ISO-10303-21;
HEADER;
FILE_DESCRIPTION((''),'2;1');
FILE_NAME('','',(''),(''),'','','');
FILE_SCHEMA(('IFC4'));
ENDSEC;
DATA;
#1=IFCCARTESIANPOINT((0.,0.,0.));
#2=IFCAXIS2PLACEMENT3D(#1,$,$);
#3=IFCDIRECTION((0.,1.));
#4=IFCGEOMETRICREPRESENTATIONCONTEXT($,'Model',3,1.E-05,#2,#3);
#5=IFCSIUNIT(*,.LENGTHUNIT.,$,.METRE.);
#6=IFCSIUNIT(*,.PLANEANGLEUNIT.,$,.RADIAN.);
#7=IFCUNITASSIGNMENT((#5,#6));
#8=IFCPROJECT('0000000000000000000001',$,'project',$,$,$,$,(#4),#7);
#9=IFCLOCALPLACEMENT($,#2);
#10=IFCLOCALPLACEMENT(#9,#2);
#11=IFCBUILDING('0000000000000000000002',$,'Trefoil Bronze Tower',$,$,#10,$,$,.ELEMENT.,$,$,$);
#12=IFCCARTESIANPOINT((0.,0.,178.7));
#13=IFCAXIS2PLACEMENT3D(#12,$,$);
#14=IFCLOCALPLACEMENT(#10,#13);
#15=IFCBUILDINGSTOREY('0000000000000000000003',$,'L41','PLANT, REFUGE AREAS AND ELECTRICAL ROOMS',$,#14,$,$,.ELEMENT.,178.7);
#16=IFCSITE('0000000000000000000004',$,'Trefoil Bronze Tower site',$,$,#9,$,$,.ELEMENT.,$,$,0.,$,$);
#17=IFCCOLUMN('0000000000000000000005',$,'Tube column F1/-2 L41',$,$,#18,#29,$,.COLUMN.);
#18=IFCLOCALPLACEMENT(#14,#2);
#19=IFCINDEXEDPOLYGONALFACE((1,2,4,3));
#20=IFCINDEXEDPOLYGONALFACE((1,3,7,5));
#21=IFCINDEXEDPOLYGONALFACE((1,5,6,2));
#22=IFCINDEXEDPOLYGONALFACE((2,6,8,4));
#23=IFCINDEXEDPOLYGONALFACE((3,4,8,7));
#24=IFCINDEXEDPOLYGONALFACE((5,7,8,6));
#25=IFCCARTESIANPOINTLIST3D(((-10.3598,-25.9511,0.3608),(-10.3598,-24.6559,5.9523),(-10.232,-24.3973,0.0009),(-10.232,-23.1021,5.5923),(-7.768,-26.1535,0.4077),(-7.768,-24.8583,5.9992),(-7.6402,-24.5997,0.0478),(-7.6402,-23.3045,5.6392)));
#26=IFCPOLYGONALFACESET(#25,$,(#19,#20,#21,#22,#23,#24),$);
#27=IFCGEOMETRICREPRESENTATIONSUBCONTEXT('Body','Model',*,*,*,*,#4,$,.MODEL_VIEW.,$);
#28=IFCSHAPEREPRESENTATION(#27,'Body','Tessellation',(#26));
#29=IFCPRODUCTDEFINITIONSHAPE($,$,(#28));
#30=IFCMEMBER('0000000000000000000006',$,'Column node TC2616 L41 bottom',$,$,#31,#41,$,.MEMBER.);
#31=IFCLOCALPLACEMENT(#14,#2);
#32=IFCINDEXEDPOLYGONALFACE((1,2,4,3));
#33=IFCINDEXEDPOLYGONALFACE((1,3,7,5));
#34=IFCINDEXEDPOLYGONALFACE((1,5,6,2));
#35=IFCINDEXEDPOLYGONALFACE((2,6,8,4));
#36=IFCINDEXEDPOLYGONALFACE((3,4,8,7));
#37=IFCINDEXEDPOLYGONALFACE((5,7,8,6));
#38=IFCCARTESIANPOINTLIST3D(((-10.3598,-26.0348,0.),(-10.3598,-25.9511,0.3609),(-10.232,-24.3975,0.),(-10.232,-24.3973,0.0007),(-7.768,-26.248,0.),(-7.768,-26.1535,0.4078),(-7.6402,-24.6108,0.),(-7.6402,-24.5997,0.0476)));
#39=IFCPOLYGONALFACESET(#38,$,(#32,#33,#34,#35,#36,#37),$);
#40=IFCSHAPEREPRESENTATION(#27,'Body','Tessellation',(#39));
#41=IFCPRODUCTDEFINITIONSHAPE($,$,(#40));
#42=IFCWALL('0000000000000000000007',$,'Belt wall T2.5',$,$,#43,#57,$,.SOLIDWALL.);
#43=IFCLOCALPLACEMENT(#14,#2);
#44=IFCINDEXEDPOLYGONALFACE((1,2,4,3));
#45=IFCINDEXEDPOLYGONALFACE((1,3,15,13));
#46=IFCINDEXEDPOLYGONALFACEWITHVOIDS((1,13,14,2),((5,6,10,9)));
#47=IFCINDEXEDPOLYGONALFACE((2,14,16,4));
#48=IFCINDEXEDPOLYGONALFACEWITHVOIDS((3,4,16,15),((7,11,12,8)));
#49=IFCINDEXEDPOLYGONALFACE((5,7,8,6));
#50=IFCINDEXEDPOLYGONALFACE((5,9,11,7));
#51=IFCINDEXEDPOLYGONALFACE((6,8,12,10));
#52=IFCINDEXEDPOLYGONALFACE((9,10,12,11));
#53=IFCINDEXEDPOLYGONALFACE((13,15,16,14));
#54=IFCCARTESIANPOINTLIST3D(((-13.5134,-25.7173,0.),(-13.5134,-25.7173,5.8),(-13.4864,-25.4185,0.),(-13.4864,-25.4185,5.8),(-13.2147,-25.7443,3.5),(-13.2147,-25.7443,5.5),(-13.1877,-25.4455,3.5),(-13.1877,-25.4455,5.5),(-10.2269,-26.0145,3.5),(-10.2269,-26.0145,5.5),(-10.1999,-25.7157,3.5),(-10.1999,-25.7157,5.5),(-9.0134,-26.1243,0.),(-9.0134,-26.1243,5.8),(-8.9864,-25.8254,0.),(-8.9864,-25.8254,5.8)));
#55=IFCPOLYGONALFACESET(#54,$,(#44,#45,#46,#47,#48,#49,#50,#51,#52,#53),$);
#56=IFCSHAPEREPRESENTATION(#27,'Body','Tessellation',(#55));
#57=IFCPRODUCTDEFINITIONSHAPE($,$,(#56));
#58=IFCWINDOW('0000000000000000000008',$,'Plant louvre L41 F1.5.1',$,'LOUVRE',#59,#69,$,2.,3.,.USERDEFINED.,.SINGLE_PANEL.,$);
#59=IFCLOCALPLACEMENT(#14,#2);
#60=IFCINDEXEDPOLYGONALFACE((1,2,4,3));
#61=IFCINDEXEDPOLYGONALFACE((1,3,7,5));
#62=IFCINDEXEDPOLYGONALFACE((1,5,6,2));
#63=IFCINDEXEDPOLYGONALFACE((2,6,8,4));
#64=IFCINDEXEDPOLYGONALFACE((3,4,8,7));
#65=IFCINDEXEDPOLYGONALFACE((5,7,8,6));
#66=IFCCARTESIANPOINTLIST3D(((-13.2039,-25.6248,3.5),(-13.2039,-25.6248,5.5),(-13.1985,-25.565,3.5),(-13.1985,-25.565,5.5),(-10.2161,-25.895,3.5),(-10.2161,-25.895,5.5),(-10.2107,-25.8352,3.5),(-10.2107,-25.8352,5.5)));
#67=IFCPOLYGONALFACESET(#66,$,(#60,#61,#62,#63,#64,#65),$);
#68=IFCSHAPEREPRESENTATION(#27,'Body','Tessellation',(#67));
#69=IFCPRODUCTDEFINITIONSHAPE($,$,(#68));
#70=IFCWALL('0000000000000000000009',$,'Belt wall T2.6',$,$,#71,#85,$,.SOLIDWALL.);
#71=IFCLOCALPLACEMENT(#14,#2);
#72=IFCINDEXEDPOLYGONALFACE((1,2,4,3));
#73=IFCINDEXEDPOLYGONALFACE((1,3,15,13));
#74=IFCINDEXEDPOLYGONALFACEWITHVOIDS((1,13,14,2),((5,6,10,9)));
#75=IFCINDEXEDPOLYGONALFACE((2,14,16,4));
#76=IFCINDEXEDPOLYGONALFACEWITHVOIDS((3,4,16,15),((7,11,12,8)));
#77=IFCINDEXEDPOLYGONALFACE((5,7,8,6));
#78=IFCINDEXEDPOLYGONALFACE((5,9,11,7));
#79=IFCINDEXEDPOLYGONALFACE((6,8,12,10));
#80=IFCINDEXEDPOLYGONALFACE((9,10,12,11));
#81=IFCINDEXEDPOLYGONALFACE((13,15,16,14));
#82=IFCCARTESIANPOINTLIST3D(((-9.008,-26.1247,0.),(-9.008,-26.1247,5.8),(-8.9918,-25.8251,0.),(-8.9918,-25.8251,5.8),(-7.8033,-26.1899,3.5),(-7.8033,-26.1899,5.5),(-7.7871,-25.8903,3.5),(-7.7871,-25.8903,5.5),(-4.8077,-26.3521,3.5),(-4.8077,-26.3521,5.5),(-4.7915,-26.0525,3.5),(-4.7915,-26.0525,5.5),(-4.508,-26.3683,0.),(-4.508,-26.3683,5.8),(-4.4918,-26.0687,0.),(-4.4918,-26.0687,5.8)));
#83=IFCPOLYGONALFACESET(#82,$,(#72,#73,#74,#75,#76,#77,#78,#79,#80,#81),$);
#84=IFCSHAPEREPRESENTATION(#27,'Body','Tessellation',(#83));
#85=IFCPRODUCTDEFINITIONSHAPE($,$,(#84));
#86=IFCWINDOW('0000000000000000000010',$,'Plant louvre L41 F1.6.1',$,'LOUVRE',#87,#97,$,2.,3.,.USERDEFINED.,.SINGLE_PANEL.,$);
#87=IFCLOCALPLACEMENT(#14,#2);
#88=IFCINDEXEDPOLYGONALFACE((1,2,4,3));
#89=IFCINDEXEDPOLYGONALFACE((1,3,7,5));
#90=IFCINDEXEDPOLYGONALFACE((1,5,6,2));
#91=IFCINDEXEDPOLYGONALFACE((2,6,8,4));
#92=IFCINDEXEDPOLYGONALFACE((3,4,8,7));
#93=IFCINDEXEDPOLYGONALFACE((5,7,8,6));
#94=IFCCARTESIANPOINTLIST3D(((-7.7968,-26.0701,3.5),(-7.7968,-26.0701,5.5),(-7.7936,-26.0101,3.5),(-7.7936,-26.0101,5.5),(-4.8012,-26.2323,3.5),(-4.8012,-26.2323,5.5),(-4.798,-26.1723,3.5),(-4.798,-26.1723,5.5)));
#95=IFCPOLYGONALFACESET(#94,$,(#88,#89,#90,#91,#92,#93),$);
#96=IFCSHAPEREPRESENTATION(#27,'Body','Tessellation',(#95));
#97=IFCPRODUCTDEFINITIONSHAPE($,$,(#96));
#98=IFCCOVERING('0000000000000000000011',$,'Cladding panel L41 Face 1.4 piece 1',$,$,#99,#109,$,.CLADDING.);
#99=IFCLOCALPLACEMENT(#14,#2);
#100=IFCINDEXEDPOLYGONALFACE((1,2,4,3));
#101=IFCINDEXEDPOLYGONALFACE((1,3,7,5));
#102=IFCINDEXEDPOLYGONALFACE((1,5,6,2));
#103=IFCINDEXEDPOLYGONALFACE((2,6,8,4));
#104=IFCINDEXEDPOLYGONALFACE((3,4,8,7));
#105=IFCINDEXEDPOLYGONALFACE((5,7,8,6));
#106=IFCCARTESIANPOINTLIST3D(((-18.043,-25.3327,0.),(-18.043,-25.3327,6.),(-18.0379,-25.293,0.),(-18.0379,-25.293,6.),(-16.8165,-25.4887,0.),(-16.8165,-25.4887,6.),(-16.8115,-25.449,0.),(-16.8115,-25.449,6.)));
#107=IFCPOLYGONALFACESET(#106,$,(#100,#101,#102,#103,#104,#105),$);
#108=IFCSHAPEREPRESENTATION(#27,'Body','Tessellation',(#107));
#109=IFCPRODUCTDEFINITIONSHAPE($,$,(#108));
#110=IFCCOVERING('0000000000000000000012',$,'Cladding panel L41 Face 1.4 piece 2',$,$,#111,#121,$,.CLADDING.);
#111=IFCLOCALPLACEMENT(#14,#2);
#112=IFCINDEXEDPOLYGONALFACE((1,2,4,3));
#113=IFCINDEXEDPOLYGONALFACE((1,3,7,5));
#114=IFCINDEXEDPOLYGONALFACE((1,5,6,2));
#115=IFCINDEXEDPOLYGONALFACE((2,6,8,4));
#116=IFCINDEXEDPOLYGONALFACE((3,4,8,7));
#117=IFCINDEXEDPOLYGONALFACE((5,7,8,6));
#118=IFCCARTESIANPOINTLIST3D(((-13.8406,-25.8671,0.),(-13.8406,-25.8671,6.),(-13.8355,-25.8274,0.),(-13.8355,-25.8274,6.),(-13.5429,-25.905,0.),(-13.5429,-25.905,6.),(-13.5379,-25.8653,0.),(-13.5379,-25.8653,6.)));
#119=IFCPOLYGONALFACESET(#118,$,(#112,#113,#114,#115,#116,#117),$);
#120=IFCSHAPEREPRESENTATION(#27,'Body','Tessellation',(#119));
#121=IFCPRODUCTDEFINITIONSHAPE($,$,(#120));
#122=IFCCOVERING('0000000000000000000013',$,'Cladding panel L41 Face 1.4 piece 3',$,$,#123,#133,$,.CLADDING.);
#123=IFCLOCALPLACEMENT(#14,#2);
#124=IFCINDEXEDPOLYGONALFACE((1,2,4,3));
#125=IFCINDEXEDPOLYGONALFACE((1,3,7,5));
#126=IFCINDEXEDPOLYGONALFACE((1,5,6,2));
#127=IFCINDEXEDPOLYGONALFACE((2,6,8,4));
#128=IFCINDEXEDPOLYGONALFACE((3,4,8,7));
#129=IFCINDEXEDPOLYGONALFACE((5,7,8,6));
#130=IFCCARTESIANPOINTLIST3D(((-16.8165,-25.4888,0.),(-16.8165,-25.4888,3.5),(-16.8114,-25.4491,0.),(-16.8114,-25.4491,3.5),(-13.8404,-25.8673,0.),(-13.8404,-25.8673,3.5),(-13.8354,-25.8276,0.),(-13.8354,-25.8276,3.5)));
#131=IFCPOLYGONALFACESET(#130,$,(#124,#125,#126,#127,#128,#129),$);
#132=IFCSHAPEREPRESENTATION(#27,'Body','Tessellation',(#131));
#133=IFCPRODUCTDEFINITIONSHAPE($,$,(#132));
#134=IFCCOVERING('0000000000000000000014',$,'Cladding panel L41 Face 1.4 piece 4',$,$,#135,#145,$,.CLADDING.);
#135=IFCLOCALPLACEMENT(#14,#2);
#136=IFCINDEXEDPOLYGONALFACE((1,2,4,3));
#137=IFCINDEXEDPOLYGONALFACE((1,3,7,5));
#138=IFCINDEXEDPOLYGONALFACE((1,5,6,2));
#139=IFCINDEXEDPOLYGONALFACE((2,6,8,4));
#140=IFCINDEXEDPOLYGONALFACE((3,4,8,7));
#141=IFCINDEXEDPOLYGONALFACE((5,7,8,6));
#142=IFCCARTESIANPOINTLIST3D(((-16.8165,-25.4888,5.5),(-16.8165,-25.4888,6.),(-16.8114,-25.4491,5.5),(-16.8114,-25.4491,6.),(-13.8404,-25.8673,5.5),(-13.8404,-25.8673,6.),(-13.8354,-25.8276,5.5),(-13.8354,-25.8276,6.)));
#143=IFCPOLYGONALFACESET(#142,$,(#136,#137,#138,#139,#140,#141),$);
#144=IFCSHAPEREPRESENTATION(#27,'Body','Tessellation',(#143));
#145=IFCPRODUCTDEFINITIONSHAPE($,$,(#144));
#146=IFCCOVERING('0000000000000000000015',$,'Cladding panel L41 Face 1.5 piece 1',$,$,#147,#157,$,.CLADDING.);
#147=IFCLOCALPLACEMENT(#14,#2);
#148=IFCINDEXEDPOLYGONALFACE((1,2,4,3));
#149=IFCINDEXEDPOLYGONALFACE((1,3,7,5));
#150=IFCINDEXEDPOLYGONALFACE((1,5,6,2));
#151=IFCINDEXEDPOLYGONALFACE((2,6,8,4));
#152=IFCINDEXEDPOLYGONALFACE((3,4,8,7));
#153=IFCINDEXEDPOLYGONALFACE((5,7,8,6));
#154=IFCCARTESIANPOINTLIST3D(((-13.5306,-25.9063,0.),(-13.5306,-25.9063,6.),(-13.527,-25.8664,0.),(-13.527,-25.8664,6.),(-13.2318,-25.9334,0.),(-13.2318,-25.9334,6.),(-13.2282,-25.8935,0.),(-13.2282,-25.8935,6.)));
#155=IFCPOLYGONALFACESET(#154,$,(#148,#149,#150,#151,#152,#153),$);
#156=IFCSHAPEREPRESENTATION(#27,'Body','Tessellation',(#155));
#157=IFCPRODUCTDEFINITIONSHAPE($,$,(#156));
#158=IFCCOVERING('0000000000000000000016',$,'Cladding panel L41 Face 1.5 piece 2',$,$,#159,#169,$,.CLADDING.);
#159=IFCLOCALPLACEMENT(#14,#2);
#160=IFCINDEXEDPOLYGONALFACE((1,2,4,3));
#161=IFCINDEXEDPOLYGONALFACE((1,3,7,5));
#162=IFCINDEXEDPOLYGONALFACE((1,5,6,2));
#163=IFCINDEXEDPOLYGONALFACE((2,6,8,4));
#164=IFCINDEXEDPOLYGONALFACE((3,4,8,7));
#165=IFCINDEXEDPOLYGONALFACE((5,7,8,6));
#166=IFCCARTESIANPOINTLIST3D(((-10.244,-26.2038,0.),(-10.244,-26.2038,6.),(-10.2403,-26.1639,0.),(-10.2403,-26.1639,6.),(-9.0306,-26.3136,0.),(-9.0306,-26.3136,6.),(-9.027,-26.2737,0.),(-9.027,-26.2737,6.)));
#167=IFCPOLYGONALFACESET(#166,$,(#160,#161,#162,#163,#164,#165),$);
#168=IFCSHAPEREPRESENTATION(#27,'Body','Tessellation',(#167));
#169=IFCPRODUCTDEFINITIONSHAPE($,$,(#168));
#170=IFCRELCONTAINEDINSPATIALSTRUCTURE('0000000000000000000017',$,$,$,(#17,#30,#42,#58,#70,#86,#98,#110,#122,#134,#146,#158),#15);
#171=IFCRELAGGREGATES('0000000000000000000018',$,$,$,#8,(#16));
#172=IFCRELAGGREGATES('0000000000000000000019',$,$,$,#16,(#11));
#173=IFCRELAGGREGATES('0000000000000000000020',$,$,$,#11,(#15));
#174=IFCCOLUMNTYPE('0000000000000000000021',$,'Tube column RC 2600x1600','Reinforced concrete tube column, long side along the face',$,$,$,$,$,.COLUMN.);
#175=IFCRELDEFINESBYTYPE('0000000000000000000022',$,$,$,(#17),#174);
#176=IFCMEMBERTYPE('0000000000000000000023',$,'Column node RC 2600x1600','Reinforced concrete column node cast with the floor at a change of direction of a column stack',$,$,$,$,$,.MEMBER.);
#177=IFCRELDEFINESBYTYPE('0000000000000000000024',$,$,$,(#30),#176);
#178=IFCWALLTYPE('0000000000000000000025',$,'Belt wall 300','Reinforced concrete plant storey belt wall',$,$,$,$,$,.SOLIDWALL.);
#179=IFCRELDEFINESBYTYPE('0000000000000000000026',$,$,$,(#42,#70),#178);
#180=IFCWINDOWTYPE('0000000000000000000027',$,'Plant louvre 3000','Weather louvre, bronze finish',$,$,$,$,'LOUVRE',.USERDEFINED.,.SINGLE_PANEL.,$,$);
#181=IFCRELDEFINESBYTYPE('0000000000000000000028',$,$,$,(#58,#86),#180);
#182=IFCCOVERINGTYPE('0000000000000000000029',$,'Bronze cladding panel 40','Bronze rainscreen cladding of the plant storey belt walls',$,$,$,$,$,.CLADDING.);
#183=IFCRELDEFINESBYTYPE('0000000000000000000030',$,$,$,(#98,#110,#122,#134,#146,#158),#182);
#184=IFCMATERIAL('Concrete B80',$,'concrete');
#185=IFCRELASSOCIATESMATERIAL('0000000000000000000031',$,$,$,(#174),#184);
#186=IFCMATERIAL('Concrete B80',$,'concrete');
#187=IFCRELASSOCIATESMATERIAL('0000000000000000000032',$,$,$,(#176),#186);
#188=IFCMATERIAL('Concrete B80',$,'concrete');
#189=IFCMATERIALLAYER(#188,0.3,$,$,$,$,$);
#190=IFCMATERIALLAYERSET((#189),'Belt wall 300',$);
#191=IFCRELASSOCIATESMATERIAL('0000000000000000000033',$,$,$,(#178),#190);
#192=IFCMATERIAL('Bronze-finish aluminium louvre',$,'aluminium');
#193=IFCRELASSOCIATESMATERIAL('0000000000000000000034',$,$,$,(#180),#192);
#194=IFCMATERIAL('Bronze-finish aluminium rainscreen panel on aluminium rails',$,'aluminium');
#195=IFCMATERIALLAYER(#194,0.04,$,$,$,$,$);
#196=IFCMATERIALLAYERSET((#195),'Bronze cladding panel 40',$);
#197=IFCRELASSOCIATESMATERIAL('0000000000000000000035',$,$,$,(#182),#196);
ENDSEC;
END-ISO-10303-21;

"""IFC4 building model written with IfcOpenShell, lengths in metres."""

from ifc_helpers import new_model, si_unit, direction, frame, frame_2d, origin, origin_2d, place, context, subcontext, project, spatial, rectangle, extrude, clip, halfspace, material, layer, layer_set, material_profile, profile_set, type_object, element, fill, save


model = new_model("IFC4")

# Units and contexts
model_context = context("Model", 3, precision=1e-05, world=origin(), true_north=direction((0.0, 1.0)))
body_context = subcontext(model_context, "Body", "Model", "MODEL_VIEW")
ifc_project = project(units=[si_unit("LENGTHUNIT", "METRE"), si_unit("PLANEANGLEUNIT", "RADIAN")], contexts=[model_context])

# Site, building, storey
site_placement = place(None, origin())
site = spatial("IfcSite", under=ifc_project, at=site_placement, Name="Trefoil Bronze Tower site", CompositionType="ELEMENT", RefElevation=0.0)
building_placement = place(site_placement, origin())
building = spatial("IfcBuilding", under=site, at=building_placement, Name="Trefoil Bronze Tower", CompositionType="ELEMENT")
storey_placement = place(building_placement, frame((0.0, 0.0, 178.7)))
storey = spatial("IfcBuildingStorey", under=building, at=storey_placement, Name="L41", Description="PLANT, REFUGE AREAS AND ELECTRICAL ROOMS", CompositionType="ELEMENT", Elevation=178.7)

# Column
ifc_material_1 = material(Name="Concrete B80", Category="concrete")
ifc_material_profile_1 = material_profile(ifc_material_1, rectangle(XDim=2.6001, YDim=1.6001, at=origin_2d()), Name="RC 2600x1600")
ifc_profile_set_1 = profile_set([ifc_material_profile_1], Name="Concrete B80")
column_type = type_object("IfcColumnType", Name="Tube column RC 2600x1600", Description="Reinforced concrete tube column, long side along the face", PredefinedType="COLUMN", material=ifc_profile_set_1)
column_placement = place(storey_placement, frame((-9.0, -25.3228, 0.0), z_axis=(0.0, 0.225673, 0.974203), x_axis=(0.996802, -0.077845, 0.018033)))
element("IfcColumn", 1, at=column_placement, inside=storey, type_object=column_type, Name="Tube column F1/-2 L41", PredefinedType="COLUMN", context=body_context, shape_type="Clipping", body=[
    clip(clip(extrude(rectangle(XDim=2.6001, YDim=1.6001, at=origin_2d()), origin(), (0.0, 0.0, 1.0), 6.1589), halfspace(frame((0.0, 0.0, 0.2097), z_axis=(0.0, -0.000005, 1.0), x_axis=(0.0, 1.0, 0.000005)), True)), halfspace(frame((0.0, -0.0002, 5.9492), z_axis=(0.0, 0.000005, -1.0), x_axis=(0.0, -1.0, -0.000005)), True)),
])

# Member
ifc_material_2 = material(Name="Concrete B80", Category="concrete")
ifc_material_profile_2 = material_profile(ifc_material_2, rectangle(XDim=2.6001, YDim=1.6001, at=origin_2d()), Name="RC 2600x1600")
ifc_profile_set_2 = profile_set([ifc_material_profile_2], Name="Concrete B80")
member_type = type_object("IfcMemberType", Name="Column node RC 2600x1600", Description="Reinforced concrete column node cast with the floor at a change of direction of a column stack", PredefinedType="MEMBER", material=ifc_profile_set_2)
member_placement = place(storey_placement, frame((-9.0, -25.3701, -0.2043), z_axis=(0.0, 0.225794, 0.974175), x_axis=(0.996802, -0.077842, 0.018042)))
element("IfcMember", 2, at=member_placement, inside=storey, type_object=member_type, Name="Column node TC2616 L41 bottom", PredefinedType="MEMBER", context=body_context, shape_type="Clipping", body=[
    clip(extrude(rectangle(XDim=2.6001, YDim=1.6001, at=origin_2d()), origin(), (0.0, 0.0, 1.0), 0.4194), halfspace(frame((0.0, 0.0, 0.2097), z_axis=(0.018042, -0.225072, 0.974175), x_axis=(0.0, 0.974334, 0.225109)), True)),
])

# Walls, openings, windows
ifc_material_3 = material(Name="Concrete B80", Category="concrete")
ifc_layer_1 = layer(ifc_material_3, 0.3)
ifc_layer_set_1 = layer_set([ifc_layer_1], Name="Belt wall 300")
wall_type = type_object("IfcWallType", Name="Belt wall 300", Description="Reinforced concrete plant storey belt wall", PredefinedType="SOLIDWALL", material=ifc_layer_set_1)
wall_1_placement = place(storey_placement, frame((-13.5, -25.5679, 0.0), z_axis=(0.0, 0.0, 1.0), x_axis=(0.995935, -0.090073, 0.0)))
wall_1 = element("IfcWall", 3, at=wall_1_placement, inside=storey, type_object=wall_type, Name="Belt wall T2.5", PredefinedType="SOLIDWALL", context=body_context, shape_type="SweptSolid", body=[
    extrude(rectangle(XDim=4.5183, YDim=0.3, at=frame_2d((2.2593, 0.0))), origin(), (0.0, 0.0, 1.0), 5.8),
])
opening_1_placement = place(wall_1_placement, frame((0.3, 0.0, 3.5)))
opening_1 = element("IfcOpeningElement", 4, at=opening_1_placement, cuts=wall_1, PredefinedType="OPENING", context=body_context, shape_type="SweptSolid", body=[
    extrude(rectangle(XDim=3.0, YDim=2.0, at=frame_2d((1.5, 1.0))), frame((0.0, 0.1599, 0.0), z_axis=(0.0, -1.0, 0.0), x_axis=(1.0, 0.0, 0.0)), (0.0, 0.0, 1.0), 0.3201),
])
ifc_material_4 = material(Name="Bronze-finish aluminium louvre", Category="aluminium")
window_type = type_object("IfcWindowType", Name="Plant louvre 3000", Description="Weather louvre, bronze finish", ElementType="LOUVRE", PartitioningType="SINGLE_PANEL", PredefinedType="USERDEFINED", material=ifc_material_4)
window_1_placement = place(opening_1_placement, origin())
window_1 = element("IfcWindow", 5, at=window_1_placement, inside=storey, type_object=window_type, Name="Plant louvre L41 F1.5.1", ObjectType="LOUVRE", OverallHeight=2.0, OverallWidth=3.0, PartitioningType="SINGLE_PANEL", PredefinedType="USERDEFINED", context=body_context, shape_type="SweptSolid", body=[
    extrude(rectangle(XDim=3.0, YDim=2.0, at=frame_2d((1.5, 1.0))), frame((0.0, 0.03, 0.0), z_axis=(0.0, -1.0, 0.0), x_axis=(1.0, 0.0, 0.0)), (0.0, 0.0, 1.0), 0.0601),
])
fill(opening_1, window_1)
wall_2_placement = place(storey_placement, frame((-9.0, -25.9749, 0.0), z_axis=(0.0, 0.0, 1.0), x_axis=(0.998537, -0.054066, 0.0)))
wall_2 = element("IfcWall", 6, at=wall_2_placement, inside=storey, type_object=wall_type, Name="Belt wall T2.6", PredefinedType="SOLIDWALL", context=body_context, shape_type="SweptSolid", body=[
    extrude(rectangle(XDim=4.5066, YDim=0.3, at=frame_2d((2.2534, 0.0))), origin(), (0.0, 0.0, 1.0), 5.8),
])
opening_2_placement = place(wall_2_placement, frame((1.2065, 0.0, 3.5)))
opening_2 = element("IfcOpeningElement", 7, at=opening_2_placement, cuts=wall_2, PredefinedType="OPENING", context=body_context, shape_type="SweptSolid", body=[
    extrude(rectangle(XDim=3.0, YDim=2.0, at=frame_2d((1.5, 1.0))), frame((0.0, 0.1599, 0.0), z_axis=(0.0, -1.0, 0.0), x_axis=(1.0, 0.0, 0.0)), (0.0, 0.0, 1.0), 0.3201),
])
window_2_placement = place(opening_2_placement, origin())
window_2 = element("IfcWindow", 8, at=window_2_placement, inside=storey, type_object=window_type, Name="Plant louvre L41 F1.6.1", ObjectType="LOUVRE", OverallHeight=2.0, OverallWidth=3.0, PartitioningType="SINGLE_PANEL", PredefinedType="USERDEFINED", context=body_context, shape_type="SweptSolid", body=[
    extrude(rectangle(XDim=3.0, YDim=2.0, at=frame_2d((1.5, 1.0))), frame((0.0, 0.03, 0.0), z_axis=(0.0, -1.0, 0.0), x_axis=(1.0, 0.0, 0.0)), (0.0, 0.0, 1.0), 0.0601),
])
fill(opening_2, window_2)

# Coverings
ifc_material_5 = material(Name="Bronze-finish aluminium rainscreen panel on aluminium rails", Category="aluminium")
ifc_layer_2 = layer(ifc_material_5, 0.04)
ifc_layer_set_2 = layer_set([ifc_layer_2], Name="Bronze cladding panel 40")
covering_type_1 = type_object("IfcCoveringType", Name="Bronze cladding panel 40", Description="Bronze rainscreen cladding of the plant storey belt walls", PredefinedType="CLADDING", material=ifc_layer_set_2)
covering_1_placement = place(storey_placement, frame((-17.4272, -25.3909, 0.0), z_axis=(0.0, 0.0, 1.0), x_axis=(0.992012, -0.126147, 0.0)))
element("IfcCovering", 9, at=covering_1_placement, inside=storey, type_object=covering_type_1, Name="Cladding panel L41 Face 1.4 piece 1", PredefinedType="CLADDING", context=body_context, shape_type="SweptSolid", body=[
    extrude(rectangle(XDim=1.2363, YDim=0.04, at=origin_2d()), origin(), (0.0, 0.0, 1.0), 6.0),
])
covering_2_placement = place(storey_placement, frame((-13.6892, -25.8662, 0.0), z_axis=(0.0, 0.0, 1.0), x_axis=(0.992012, -0.126147, 0.0)))
element("IfcCovering", 10, at=covering_2_placement, inside=storey, type_object=covering_type_1, Name="Cladding panel L41 Face 1.4 piece 2", PredefinedType="CLADDING", context=body_context, shape_type="SweptSolid", body=[
    extrude(rectangle(XDim=0.3, YDim=0.04, at=origin_2d()), origin(), (0.0, 0.0, 1.0), 6.0),
])
covering_3_placement = place(storey_placement, frame((-15.3259, -25.6582, 0.0), z_axis=(0.0, 0.0, 1.0), x_axis=(0.992012, -0.126147, 0.0)))
element("IfcCovering", 11, at=covering_3_placement, inside=storey, type_object=covering_type_1, Name="Cladding panel L41 Face 1.4 piece 3", PredefinedType="CLADDING", context=body_context, shape_type="SweptSolid", body=[
    extrude(rectangle(XDim=3.0, YDim=0.04, at=origin_2d()), origin(), (0.0, 0.0, 1.0), 3.5),
])
covering_4_placement = place(storey_placement, frame((-15.3259, -25.6582, 5.5), z_axis=(0.0, 0.0, 1.0), x_axis=(0.992012, -0.126147, 0.0)))
element("IfcCovering", 12, at=covering_4_placement, inside=storey, type_object=covering_type_1, Name="Cladding panel L41 Face 1.4 piece 4", PredefinedType="CLADDING", context=body_context, shape_type="SweptSolid", body=[
    extrude(rectangle(XDim=3.0, YDim=0.04, at=origin_2d()), origin(), (0.0, 0.0, 1.0), 0.5),
])
covering_5_placement = place(storey_placement, frame((-13.3794, -25.8999, 0.0), z_axis=(0.0, 0.0, 1.0), x_axis=(0.995932, -0.090105, 0.0)))
element("IfcCovering", 13, at=covering_5_placement, inside=storey, type_object=covering_type_1, Name="Cladding panel L41 Face 1.5 piece 1", PredefinedType="CLADDING", context=body_context, shape_type="SweptSolid", body=[
    extrude(rectangle(XDim=0.3, YDim=0.04, at=origin_2d()), origin(), (0.0, 0.0, 1.0), 6.0),
])
covering_6_placement = place(storey_placement, frame((-9.6355, -26.2388, 0.0), z_axis=(0.0, 0.0, 1.0), x_axis=(0.995932, -0.090105, 0.0)))
element("IfcCovering", 14, at=covering_6_placement, inside=storey, type_object=covering_type_1, Name="Cladding panel L41 Face 1.5 piece 2", PredefinedType="CLADDING", context=body_context, shape_type="SweptSolid", body=[
    extrude(rectangle(XDim=1.2183, YDim=0.04, at=origin_2d()), origin(), (0.0, 0.0, 1.0), 6.0),
])

save(model, "model.ifc")
